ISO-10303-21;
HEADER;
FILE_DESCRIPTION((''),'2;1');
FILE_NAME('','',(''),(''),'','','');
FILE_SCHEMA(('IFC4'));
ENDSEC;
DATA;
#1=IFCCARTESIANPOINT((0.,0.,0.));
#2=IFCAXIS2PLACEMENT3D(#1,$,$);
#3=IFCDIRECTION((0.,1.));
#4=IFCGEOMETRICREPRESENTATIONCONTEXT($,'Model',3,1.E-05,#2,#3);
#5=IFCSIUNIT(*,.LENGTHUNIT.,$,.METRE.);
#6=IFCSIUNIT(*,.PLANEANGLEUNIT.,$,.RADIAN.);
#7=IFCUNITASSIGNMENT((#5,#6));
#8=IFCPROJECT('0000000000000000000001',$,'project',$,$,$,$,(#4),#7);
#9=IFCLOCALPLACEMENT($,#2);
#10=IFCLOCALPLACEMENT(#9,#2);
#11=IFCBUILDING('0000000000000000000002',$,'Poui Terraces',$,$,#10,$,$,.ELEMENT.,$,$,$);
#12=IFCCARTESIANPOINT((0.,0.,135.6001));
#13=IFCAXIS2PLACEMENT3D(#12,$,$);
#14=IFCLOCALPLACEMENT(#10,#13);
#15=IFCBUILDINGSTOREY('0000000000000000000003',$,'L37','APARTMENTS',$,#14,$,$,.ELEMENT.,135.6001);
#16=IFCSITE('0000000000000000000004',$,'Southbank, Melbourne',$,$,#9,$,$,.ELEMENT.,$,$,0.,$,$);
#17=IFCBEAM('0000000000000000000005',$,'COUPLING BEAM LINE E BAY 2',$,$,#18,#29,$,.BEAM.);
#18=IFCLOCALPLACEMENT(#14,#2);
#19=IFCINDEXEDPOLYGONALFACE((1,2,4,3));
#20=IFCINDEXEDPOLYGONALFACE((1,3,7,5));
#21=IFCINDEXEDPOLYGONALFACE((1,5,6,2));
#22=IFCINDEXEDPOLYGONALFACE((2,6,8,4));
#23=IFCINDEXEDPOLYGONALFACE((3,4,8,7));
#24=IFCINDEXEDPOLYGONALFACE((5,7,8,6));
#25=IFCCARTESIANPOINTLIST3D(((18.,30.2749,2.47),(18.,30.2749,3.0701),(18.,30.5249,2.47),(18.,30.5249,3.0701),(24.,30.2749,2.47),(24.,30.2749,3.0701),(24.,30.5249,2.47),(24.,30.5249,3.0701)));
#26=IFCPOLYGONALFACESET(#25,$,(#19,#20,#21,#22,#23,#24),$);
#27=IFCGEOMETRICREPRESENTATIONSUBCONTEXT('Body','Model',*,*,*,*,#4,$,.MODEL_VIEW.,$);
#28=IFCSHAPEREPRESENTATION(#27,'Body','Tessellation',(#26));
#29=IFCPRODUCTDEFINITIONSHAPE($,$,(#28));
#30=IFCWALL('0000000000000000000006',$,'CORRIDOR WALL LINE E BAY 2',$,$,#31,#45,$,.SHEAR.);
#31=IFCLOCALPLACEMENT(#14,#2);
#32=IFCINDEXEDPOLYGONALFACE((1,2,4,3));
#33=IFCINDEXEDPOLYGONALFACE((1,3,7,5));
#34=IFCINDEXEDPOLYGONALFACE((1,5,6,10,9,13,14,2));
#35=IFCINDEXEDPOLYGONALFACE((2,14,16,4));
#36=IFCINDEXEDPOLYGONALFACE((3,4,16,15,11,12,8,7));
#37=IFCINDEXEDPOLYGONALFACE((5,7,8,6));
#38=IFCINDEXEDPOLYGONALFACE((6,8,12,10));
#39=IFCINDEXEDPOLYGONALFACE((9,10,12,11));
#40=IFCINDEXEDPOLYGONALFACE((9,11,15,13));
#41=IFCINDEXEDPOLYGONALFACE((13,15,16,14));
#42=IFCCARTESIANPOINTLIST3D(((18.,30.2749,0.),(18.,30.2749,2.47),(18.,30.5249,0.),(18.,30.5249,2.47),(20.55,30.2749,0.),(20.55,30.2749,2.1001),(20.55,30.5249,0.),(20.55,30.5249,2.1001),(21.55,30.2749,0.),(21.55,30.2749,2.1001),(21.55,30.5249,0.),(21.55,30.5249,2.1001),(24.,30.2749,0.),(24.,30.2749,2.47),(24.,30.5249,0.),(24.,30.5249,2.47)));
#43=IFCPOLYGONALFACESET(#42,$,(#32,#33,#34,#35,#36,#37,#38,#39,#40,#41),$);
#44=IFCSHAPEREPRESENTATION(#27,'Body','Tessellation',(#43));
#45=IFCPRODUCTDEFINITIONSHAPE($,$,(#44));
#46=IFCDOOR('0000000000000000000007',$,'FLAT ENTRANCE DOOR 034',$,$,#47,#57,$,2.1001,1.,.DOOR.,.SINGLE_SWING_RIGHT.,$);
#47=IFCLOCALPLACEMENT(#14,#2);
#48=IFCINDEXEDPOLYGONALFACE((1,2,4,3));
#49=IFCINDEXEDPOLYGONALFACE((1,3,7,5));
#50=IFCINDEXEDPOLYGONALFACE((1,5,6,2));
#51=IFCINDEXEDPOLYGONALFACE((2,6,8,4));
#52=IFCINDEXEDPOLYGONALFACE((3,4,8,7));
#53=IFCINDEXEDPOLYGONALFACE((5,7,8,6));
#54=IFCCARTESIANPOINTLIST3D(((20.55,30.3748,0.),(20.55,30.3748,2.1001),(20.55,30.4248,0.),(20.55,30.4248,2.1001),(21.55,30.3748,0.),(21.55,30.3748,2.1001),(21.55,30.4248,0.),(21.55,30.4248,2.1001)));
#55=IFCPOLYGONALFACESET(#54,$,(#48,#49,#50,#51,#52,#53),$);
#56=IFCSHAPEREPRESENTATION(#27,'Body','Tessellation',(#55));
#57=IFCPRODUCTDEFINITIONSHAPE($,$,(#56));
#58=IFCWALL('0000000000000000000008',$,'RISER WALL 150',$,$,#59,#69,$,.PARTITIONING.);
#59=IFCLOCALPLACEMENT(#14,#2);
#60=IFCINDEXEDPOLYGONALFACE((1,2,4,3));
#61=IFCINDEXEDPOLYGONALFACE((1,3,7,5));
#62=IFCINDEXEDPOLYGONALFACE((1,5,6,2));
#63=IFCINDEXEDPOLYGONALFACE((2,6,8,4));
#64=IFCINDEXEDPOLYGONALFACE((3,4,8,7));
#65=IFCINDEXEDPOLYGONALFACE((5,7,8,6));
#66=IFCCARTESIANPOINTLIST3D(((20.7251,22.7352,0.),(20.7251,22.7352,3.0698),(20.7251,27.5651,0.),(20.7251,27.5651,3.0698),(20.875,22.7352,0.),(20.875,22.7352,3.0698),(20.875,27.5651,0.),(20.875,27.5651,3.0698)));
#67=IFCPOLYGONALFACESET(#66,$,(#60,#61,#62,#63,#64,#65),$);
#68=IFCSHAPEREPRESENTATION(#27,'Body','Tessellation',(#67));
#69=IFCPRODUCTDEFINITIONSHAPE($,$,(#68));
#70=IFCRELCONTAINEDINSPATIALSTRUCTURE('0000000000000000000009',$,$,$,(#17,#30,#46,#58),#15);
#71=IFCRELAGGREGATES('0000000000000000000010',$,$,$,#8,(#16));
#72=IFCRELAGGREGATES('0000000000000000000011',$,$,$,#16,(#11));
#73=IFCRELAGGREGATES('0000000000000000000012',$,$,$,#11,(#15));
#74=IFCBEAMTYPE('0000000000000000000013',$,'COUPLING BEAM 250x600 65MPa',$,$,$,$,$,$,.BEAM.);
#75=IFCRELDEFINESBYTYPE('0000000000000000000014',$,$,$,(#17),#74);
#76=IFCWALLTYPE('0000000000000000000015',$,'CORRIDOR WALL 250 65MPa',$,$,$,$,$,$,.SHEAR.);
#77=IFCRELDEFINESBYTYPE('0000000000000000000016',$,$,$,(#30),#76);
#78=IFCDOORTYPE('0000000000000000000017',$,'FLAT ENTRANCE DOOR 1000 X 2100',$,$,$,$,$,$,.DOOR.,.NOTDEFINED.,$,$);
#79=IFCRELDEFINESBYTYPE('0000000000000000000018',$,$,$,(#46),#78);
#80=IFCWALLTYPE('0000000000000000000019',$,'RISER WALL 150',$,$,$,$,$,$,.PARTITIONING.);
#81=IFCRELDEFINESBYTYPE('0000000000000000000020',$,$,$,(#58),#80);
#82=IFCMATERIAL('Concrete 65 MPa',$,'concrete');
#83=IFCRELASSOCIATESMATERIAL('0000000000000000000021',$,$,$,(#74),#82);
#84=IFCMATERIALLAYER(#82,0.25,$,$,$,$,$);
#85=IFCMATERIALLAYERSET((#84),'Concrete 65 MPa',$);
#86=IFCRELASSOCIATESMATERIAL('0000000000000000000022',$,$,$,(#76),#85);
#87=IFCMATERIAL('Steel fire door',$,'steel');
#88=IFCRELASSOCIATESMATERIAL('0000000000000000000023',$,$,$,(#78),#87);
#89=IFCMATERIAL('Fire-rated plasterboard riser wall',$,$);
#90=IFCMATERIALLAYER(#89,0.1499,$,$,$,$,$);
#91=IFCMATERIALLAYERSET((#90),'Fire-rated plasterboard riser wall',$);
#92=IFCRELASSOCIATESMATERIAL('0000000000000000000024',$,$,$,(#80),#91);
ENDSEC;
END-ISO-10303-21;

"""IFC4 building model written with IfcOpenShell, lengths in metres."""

from ifc_helpers import new_model, si_unit, direction, frame, frame_2d, origin, origin_2d, place, context, subcontext, project, spatial, rectangle, extrude, source, transform, mapped, material, layer, layer_set, material_profile, profile_set, type_object, element, fill, save


model = new_model("IFC4")

# Units and contexts
model_context = context("Model", 3, precision=1e-05, world=origin(), true_north=direction((0.0, 1.0)))
body_context = subcontext(model_context, "Body", "Model", "MODEL_VIEW")
ifc_project = project(units=[si_unit("LENGTHUNIT", "METRE"), si_unit("PLANEANGLEUNIT", "RADIAN")], contexts=[model_context])

# Site, building, storey
site_placement = place(None, origin())
site = spatial("IfcSite", under=ifc_project, at=site_placement, Name="Southbank, Melbourne", CompositionType="ELEMENT", RefElevation=0.0)
building_placement = place(site_placement, origin())
building = spatial("IfcBuilding", under=site, at=building_placement, Name="Poui Terraces", CompositionType="ELEMENT")
storey_placement = place(building_placement, frame((0.0, 0.0, 135.6001)))
storey = spatial("IfcBuildingStorey", under=building, at=storey_placement, Name="L37", Description="APARTMENTS", CompositionType="ELEMENT", Elevation=135.6001)

# Beam
ifc_material_1 = material(Name="Concrete 65 MPa", Category="concrete")
ifc_material_profile = material_profile(ifc_material_1, rectangle(XDim=0.25, YDim=0.6001, at=origin_2d()), Name="RC 250x600")
ifc_profile_set = profile_set([ifc_material_profile], Name="Concrete 65 MPa")
beam_type = type_object("IfcBeamType", Name="COUPLING BEAM 250x600 65MPa", PredefinedType="BEAM", material=ifc_profile_set)
shared_shape = source(origin(), body_context, "Body", "SweptSolid", [
    extrude(rectangle(XDim=0.25, YDim=0.6001, at=origin_2d()), origin(), (0.0, 0.0, 1.0), 6.0),
])
beam_placement = place(storey_placement, frame((18.0, 30.3999, 2.77), z_axis=(1.0, 0.0, 0.0), x_axis=(0.0, 1.0, 0.0)))
element("IfcBeam", 1, at=beam_placement, inside=storey, type_object=beam_type, Name="COUPLING BEAM LINE E BAY 2", PredefinedType="BEAM", context=body_context, shape_type="MappedRepresentation", body=[
    mapped(shared_shape, transform((0.0, 0.0, 0.0))),
])

# Wall, opening, door
ifc_layer_1 = layer(ifc_material_1, 0.25)
ifc_layer_set_1 = layer_set([ifc_layer_1], Name="Concrete 65 MPa")
wall_type_1 = type_object("IfcWallType", Name="CORRIDOR WALL 250 65MPa", PredefinedType="SHEAR", material=ifc_layer_set_1)
wall_1_placement = place(storey_placement, frame((18.0, 30.3999, 0.0), z_axis=(0.0, 0.0, 1.0), x_axis=(1.0, 0.0, 0.0)))
wall_1 = element("IfcWall", 2, at=wall_1_placement, inside=storey, type_object=wall_type_1, Name="CORRIDOR WALL LINE E BAY 2", PredefinedType="SHEAR", context=body_context, shape_type="SweptSolid", body=[
    extrude(rectangle(XDim=6.0, YDim=0.25, at=frame_2d((3.0, 0.0))), origin(), (0.0, 0.0, 1.0), 2.47),
])
opening_placement = place(wall_1_placement, frame((2.55, 0.0, 0.0)))
opening = element("IfcOpeningElement", 3, at=opening_placement, cuts=wall_1, PredefinedType="OPENING", context=body_context, shape_type="SweptSolid", body=[
    extrude(rectangle(XDim=1.0, YDim=2.1001, at=frame_2d((0.5, 1.05))), frame((0.0, 0.135, 0.0), z_axis=(0.0, -1.0, 0.0), x_axis=(1.0, 0.0, 0.0)), (0.0, 0.0, 1.0), 0.27),
])
ifc_material_2 = material(Name="Steel fire door", Category="steel")
door_type = type_object("IfcDoorType", Name="FLAT ENTRANCE DOOR 1000 X 2100", OperationType="NOTDEFINED", PredefinedType="DOOR", material=ifc_material_2)
door_placement = place(opening_placement, origin())
door = element("IfcDoor", 4, at=door_placement, inside=storey, type_object=door_type, Name="FLAT ENTRANCE DOOR 034", OperationType="SINGLE_SWING_RIGHT", OverallHeight=2.1001, OverallWidth=1.0, PredefinedType="DOOR", context=body_context, shape_type="SweptSolid", body=[
    extrude(rectangle(XDim=1.0, YDim=2.1001, at=frame_2d((0.5, 1.05))), frame((0.0, 0.0249, 0.0), z_axis=(0.0, -1.0, 0.0), x_axis=(1.0, 0.0, 0.0)), (0.0, 0.0, 1.0), 0.05),
])
fill(opening, door)

# Wall
ifc_material_3 = material(Name="Fire-rated plasterboard riser wall")
ifc_layer_2 = layer(ifc_material_3, 0.1499)
ifc_layer_set_2 = layer_set([ifc_layer_2], Name="Fire-rated plasterboard riser wall")
wall_type_2 = type_object("IfcWallType", Name="RISER WALL 150", PredefinedType="PARTITIONING", material=ifc_layer_set_2)
wall_2_placement = place(storey_placement, frame((20.8, 22.7351, 0.0), z_axis=(0.0, 0.0, 1.0), x_axis=(0.0, 1.0, 0.0)))
element("IfcWall", 5, at=wall_2_placement, inside=storey, type_object=wall_type_2, Name="RISER WALL 150", PredefinedType="PARTITIONING", context=body_context, shape_type="SweptSolid", body=[
    extrude(rectangle(XDim=4.8298, YDim=0.1499, at=frame_2d((2.415, 0.0))), origin(), (0.0, 0.0, 1.0), 3.0698),
])

save(model, "model.ifc")
